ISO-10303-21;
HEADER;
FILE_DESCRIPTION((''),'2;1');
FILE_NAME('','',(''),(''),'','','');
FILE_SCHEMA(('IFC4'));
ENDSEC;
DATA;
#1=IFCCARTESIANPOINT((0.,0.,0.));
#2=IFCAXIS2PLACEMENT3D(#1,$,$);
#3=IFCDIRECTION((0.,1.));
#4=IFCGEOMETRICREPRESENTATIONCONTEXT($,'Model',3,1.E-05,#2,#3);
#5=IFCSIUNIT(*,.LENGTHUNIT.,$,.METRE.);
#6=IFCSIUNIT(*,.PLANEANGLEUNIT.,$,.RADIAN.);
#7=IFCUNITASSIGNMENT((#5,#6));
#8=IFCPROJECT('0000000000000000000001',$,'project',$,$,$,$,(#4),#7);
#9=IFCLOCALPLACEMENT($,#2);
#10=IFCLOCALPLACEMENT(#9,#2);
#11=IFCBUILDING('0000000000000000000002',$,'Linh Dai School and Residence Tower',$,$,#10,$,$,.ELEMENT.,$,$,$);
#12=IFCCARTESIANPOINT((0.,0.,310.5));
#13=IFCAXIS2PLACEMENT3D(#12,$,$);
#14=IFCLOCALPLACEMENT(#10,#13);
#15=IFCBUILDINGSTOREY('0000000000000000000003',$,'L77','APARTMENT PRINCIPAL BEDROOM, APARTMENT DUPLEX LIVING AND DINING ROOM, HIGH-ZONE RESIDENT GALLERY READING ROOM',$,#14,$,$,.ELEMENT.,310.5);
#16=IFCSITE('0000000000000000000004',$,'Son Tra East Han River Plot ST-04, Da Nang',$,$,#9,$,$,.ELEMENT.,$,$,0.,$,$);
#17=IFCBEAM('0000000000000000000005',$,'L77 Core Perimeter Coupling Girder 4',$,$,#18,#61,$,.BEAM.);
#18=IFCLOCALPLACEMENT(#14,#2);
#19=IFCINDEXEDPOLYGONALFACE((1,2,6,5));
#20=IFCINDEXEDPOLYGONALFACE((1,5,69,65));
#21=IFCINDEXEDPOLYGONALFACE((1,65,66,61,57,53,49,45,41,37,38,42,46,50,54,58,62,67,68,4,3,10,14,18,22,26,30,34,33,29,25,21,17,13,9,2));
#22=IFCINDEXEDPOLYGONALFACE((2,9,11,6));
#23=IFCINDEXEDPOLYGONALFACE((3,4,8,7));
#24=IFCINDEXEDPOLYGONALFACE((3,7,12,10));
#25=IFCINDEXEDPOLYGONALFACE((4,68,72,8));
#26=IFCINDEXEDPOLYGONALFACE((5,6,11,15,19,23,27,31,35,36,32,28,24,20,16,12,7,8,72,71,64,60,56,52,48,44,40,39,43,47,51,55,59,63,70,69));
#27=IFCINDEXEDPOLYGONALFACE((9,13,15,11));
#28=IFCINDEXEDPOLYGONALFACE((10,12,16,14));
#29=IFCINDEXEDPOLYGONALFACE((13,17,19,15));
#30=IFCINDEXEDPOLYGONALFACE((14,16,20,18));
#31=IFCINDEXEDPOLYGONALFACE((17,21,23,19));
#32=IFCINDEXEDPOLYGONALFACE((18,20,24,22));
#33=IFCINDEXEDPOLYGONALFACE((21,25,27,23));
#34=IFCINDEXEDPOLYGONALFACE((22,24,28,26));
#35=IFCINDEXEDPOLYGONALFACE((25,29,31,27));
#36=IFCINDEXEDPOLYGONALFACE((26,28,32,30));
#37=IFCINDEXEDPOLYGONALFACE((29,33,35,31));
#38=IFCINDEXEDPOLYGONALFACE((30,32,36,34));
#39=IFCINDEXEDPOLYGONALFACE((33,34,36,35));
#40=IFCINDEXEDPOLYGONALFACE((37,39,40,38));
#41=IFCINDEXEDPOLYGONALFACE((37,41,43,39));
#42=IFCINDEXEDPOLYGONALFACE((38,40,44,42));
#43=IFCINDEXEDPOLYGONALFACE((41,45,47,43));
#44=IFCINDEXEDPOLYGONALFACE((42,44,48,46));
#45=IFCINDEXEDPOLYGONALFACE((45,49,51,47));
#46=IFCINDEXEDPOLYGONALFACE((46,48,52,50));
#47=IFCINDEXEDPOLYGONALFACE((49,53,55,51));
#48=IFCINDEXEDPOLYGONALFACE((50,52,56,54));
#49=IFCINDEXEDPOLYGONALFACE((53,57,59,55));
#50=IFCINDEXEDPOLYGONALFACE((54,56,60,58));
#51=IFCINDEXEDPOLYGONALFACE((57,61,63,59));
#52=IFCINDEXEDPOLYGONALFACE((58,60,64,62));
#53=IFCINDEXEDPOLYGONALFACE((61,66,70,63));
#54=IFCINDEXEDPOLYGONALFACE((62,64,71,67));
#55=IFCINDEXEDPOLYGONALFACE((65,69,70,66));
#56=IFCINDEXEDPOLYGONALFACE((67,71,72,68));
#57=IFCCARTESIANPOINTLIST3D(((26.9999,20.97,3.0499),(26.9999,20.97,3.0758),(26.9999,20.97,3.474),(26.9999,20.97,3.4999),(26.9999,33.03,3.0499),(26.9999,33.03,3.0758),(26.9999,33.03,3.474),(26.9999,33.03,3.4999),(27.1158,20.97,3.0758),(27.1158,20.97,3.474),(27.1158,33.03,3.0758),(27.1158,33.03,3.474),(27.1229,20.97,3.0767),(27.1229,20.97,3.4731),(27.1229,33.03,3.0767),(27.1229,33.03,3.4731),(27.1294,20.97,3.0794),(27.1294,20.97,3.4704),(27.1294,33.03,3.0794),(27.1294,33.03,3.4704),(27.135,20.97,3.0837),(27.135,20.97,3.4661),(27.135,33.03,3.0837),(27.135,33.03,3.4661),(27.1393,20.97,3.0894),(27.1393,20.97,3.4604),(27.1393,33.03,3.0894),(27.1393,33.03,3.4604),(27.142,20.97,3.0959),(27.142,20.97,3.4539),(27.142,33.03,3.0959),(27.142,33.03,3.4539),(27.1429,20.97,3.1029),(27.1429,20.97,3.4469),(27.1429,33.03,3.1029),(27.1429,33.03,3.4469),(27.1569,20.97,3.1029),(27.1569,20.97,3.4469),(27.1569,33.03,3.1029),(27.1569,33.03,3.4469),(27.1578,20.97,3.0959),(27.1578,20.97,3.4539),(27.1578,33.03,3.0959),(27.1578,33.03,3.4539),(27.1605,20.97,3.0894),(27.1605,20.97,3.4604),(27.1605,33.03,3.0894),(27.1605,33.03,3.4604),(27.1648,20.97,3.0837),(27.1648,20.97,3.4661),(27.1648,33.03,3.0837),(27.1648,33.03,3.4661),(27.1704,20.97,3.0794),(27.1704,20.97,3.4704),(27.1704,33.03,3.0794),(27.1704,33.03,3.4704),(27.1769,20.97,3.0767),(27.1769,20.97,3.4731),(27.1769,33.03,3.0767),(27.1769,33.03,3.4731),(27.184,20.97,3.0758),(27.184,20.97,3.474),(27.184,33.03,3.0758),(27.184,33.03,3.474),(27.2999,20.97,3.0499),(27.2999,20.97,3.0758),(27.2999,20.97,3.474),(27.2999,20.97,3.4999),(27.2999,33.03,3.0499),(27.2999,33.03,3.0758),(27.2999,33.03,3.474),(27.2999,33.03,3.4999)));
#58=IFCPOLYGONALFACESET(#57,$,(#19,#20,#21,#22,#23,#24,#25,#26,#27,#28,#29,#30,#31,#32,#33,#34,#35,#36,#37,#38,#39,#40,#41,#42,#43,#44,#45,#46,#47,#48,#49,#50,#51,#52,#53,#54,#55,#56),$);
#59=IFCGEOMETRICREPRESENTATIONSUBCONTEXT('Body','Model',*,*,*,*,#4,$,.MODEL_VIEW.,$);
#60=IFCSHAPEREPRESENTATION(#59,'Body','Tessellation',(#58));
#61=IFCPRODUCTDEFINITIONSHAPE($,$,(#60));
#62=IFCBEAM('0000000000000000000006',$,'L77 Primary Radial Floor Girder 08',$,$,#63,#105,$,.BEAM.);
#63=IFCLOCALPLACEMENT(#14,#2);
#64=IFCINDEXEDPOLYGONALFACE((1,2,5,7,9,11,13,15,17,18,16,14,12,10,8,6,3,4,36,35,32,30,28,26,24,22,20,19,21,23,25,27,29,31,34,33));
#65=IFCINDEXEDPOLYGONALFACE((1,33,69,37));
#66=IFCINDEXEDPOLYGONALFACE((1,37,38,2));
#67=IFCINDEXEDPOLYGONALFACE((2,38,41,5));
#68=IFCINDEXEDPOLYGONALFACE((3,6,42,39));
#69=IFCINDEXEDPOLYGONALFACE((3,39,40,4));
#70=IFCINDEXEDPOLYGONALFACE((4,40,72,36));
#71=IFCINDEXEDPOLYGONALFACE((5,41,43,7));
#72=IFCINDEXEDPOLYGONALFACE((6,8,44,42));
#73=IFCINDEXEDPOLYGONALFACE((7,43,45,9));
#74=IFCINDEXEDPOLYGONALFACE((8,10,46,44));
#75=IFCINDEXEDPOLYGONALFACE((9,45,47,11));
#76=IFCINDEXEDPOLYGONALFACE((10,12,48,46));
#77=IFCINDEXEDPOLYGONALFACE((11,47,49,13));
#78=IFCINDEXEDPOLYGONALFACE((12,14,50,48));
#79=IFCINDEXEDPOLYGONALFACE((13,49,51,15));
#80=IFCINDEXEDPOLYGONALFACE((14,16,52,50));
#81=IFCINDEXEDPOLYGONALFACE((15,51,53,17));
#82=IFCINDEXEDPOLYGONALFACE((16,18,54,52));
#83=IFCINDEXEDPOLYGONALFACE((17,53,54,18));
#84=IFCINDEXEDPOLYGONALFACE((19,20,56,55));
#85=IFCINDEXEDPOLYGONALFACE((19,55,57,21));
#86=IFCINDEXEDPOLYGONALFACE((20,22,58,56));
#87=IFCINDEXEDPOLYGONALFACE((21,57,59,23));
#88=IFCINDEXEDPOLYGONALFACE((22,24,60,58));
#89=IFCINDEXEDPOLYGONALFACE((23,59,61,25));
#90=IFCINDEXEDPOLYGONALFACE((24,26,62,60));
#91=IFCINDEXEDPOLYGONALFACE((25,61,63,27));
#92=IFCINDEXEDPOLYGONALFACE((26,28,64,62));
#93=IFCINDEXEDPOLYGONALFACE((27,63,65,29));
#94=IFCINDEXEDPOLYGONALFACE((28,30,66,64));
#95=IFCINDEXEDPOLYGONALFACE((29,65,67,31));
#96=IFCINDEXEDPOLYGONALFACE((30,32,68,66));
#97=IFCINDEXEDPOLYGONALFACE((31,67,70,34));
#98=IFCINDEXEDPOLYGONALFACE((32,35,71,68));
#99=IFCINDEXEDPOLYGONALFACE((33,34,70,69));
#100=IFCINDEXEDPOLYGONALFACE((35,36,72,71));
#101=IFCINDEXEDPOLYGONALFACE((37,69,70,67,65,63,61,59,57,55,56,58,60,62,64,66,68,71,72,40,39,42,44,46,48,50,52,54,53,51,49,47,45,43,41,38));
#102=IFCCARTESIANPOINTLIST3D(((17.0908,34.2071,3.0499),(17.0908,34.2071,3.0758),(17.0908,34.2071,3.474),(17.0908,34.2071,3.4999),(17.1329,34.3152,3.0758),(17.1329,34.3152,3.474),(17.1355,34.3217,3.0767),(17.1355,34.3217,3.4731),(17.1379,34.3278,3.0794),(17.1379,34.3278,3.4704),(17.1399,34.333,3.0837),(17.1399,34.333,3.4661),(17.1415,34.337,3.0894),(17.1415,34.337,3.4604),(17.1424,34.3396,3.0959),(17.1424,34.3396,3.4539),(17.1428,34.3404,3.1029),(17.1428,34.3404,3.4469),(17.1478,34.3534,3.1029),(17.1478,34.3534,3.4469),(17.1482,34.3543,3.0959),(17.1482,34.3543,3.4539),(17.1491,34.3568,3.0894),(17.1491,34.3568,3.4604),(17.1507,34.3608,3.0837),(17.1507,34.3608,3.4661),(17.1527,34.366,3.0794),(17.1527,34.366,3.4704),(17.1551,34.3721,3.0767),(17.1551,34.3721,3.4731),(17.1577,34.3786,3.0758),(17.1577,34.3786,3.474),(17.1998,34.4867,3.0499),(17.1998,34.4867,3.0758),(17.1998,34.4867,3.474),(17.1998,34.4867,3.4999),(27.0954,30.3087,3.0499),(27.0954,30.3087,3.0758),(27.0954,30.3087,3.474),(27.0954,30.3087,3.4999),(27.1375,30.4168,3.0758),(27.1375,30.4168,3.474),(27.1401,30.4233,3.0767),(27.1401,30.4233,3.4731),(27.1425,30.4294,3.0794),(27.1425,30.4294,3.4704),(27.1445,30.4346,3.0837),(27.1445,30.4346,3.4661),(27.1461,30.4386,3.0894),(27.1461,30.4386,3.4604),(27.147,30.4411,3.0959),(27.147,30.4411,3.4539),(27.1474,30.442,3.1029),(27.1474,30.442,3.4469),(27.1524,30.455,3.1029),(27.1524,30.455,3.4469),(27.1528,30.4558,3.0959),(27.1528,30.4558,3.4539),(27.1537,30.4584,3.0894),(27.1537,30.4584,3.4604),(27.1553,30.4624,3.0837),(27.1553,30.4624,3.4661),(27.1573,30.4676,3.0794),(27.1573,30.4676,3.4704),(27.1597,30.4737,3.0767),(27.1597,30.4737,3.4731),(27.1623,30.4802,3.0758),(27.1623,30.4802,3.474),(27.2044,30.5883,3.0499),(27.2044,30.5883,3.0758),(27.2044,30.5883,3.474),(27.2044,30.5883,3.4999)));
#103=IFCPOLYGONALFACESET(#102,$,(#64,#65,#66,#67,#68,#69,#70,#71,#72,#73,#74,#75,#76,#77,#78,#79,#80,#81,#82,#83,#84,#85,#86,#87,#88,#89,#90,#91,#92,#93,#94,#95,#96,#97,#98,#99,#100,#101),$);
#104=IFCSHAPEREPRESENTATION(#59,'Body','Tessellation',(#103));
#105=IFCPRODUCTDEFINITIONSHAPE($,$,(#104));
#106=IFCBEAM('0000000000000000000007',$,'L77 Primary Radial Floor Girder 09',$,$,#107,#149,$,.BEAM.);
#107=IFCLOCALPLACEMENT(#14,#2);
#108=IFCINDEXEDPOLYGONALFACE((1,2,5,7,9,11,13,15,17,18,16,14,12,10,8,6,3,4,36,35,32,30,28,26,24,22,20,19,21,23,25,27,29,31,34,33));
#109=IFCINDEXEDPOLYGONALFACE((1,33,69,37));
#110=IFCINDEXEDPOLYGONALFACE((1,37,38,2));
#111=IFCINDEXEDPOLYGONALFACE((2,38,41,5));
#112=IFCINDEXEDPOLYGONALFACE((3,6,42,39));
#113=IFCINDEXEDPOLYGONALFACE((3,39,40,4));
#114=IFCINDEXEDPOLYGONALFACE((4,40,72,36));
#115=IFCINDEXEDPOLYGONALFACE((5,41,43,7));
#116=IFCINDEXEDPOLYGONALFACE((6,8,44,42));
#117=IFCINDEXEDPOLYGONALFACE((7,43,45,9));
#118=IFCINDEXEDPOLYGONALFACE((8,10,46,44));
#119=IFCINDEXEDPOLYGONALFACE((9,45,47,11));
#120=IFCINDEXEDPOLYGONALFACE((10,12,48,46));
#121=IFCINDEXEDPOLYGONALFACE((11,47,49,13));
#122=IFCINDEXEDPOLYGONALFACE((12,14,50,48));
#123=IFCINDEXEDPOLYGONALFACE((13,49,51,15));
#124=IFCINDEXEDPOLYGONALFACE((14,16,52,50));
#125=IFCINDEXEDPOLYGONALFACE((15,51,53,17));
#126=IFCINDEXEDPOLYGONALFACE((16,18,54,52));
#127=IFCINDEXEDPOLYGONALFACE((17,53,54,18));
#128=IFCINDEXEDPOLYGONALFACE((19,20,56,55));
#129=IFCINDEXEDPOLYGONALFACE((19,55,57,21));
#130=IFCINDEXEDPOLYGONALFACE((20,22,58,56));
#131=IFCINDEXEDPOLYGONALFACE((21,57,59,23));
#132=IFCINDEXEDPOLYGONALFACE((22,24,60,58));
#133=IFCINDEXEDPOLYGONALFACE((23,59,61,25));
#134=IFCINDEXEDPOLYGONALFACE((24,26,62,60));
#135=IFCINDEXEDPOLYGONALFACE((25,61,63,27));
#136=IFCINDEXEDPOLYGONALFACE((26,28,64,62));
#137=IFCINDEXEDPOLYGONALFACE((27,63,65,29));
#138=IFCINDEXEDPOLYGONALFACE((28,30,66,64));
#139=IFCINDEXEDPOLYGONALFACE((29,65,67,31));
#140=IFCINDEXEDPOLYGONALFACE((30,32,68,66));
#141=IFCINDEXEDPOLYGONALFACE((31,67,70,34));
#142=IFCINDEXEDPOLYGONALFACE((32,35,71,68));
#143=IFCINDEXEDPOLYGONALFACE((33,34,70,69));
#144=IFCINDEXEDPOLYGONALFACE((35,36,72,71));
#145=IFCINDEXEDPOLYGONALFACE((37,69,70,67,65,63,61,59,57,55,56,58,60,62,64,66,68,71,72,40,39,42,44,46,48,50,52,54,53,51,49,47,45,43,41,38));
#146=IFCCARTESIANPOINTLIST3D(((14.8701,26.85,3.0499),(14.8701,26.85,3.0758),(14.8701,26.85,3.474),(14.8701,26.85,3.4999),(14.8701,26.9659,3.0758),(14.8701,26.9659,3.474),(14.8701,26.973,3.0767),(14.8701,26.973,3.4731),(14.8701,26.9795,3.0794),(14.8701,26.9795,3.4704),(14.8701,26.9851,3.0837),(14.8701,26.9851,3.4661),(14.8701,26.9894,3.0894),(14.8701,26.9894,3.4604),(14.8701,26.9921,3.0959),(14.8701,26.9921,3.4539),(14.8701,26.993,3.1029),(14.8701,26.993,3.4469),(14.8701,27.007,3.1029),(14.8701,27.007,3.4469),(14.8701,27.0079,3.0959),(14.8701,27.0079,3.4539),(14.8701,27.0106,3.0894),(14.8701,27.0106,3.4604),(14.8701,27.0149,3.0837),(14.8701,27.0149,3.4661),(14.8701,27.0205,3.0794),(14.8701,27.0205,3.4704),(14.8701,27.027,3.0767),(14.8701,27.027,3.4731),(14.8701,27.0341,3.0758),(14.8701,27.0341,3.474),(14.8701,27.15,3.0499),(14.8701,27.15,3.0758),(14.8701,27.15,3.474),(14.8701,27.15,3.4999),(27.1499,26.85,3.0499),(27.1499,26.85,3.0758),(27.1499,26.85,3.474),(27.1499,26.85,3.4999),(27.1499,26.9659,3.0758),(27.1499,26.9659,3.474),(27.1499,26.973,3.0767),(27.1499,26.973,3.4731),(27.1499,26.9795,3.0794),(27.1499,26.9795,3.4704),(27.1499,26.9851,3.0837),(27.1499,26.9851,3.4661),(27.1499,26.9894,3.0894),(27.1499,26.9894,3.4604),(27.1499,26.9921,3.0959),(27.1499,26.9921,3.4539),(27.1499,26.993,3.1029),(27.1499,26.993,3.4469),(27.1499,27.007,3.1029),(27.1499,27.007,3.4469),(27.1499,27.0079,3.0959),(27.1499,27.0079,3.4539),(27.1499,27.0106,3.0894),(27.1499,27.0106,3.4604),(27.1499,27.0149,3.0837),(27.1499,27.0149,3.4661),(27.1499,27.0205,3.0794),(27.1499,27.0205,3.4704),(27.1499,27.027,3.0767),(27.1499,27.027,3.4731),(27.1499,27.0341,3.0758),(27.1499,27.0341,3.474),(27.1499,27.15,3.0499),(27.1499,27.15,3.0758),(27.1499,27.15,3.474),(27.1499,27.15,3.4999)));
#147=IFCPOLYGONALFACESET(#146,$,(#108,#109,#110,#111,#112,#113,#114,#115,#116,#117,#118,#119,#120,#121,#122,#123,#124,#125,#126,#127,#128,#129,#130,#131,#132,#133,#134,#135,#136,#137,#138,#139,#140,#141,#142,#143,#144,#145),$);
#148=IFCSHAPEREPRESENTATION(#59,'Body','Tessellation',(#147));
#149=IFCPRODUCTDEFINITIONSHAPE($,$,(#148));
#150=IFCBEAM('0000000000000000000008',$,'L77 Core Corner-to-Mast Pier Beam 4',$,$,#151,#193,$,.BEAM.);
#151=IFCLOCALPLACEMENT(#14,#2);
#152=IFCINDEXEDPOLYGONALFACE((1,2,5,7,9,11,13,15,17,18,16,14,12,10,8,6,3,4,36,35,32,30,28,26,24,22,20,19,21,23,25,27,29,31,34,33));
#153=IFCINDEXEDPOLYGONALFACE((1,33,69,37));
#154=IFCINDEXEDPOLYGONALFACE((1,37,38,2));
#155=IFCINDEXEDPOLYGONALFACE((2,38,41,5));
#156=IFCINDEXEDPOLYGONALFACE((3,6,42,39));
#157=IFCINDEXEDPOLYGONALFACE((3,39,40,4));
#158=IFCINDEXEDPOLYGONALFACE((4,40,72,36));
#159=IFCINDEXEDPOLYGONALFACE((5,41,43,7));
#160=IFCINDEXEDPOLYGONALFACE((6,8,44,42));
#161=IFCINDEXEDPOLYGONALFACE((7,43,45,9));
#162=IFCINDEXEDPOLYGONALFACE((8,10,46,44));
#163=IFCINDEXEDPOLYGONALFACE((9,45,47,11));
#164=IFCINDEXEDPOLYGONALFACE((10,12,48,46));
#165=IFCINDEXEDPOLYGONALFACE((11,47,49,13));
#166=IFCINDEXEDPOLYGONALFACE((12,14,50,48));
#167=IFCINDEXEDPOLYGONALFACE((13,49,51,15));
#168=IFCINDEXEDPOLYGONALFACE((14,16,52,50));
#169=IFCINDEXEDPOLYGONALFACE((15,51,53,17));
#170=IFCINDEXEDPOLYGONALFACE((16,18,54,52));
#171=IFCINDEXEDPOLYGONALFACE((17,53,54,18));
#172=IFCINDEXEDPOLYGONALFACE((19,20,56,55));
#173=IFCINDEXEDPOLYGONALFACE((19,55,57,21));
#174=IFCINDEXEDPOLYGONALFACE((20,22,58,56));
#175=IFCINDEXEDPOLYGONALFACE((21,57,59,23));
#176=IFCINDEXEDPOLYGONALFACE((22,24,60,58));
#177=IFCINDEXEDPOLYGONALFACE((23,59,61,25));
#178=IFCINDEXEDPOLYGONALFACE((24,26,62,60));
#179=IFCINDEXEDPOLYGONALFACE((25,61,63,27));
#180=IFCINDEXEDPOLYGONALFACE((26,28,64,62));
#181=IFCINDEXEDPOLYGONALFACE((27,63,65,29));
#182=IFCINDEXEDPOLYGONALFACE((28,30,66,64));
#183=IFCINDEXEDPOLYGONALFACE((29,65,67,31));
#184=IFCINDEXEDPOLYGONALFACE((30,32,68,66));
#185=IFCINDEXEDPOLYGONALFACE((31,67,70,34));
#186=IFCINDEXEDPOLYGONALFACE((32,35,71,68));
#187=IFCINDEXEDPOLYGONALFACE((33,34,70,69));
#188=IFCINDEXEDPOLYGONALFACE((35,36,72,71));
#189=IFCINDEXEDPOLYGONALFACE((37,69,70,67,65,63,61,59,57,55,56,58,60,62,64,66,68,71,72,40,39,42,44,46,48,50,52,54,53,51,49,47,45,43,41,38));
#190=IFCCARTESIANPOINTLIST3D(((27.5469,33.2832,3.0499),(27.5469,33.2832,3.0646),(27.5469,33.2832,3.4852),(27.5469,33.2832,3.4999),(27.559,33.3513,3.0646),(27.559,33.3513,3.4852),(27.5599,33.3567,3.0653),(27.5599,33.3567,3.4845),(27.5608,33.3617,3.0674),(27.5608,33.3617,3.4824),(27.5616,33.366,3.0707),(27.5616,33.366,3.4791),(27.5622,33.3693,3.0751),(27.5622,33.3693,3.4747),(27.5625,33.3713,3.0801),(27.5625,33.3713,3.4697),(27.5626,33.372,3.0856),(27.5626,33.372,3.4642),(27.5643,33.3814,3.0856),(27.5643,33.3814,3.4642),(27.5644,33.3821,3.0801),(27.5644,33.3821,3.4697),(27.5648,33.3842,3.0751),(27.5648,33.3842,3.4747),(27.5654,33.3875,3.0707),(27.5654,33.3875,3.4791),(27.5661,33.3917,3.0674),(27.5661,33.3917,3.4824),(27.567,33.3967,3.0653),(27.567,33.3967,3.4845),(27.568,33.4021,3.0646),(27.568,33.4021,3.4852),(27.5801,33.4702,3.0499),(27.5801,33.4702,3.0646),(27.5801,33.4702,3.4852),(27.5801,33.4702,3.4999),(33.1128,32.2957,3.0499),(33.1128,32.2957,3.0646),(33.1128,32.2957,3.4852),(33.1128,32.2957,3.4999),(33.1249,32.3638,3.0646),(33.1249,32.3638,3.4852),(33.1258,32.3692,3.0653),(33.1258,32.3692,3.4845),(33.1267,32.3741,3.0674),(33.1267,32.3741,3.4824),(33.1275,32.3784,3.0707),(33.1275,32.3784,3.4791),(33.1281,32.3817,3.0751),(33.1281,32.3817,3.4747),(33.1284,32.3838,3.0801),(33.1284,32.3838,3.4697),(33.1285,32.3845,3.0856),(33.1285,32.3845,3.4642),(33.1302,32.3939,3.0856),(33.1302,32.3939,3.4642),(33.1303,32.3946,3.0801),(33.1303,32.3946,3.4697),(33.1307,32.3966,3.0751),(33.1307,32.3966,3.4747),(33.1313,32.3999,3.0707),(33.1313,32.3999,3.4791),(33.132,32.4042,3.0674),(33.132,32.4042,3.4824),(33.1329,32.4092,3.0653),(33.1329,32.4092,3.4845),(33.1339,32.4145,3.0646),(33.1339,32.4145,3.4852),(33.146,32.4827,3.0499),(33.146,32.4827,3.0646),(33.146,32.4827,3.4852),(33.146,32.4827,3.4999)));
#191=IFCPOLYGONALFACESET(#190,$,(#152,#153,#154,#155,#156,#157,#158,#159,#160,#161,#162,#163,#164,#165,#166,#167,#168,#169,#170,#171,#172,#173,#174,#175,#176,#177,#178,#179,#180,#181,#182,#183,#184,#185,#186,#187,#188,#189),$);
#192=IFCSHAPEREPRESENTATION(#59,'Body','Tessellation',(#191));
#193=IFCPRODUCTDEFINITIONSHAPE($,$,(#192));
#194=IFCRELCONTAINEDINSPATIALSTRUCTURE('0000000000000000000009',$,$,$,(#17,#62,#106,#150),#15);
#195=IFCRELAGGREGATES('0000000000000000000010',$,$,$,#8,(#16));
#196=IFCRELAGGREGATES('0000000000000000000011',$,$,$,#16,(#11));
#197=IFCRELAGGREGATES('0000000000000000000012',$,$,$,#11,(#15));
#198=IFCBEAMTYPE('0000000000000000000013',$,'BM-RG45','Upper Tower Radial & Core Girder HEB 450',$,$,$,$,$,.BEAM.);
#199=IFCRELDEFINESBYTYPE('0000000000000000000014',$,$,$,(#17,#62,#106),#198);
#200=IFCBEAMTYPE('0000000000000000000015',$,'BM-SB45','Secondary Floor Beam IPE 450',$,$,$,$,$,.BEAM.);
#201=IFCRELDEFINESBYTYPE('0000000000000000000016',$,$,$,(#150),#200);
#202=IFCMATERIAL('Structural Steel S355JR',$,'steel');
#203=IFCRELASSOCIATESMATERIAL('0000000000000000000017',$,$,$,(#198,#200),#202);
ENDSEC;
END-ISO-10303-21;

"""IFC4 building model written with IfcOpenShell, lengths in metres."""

from ifc_helpers import new_model, si_unit, direction, frame, origin, origin_2d, place, context, subcontext, project, spatial, i_section, extrude, material, material_profile, profile_set, type_object, element, save


model = new_model("IFC4")

# Units and contexts
model_context = context("Model", 3, precision=1e-05, world=origin(), true_north=direction((0.0, 1.0)))
body_context = subcontext(model_context, "Body", "Model", "MODEL_VIEW")
ifc_project = project(units=[si_unit("LENGTHUNIT", "METRE"), si_unit("PLANEANGLEUNIT", "RADIAN")], contexts=[model_context])

# Site, building, storey
site_placement = place(None, origin())
site = spatial("IfcSite", under=ifc_project, at=site_placement, Name="Son Tra East Han River Plot ST-04, Da Nang", CompositionType="ELEMENT", RefElevation=0.0)
building_placement = place(site_placement, origin())
building = spatial("IfcBuilding", under=site, at=building_placement, Name="Linh Dai School and Residence Tower", CompositionType="ELEMENT")
storey_placement = place(building_placement, frame((0.0, 0.0, 310.5)))
storey = spatial("IfcBuildingStorey", under=building, at=storey_placement, Name="L77", Description="APARTMENT PRINCIPAL BEDROOM, APARTMENT DUPLEX LIVING AND DINING ROOM, HIGH-ZONE RESIDENT GALLERY READING ROOM", CompositionType="ELEMENT", Elevation=310.5)

# Shared definitions
ifc_material_1 = material(Name="Structural Steel S355JR", Category="steel")

# Beams
ifc_material_profile_1 = material_profile(ifc_material_1, i_section(OverallWidth=0.3, OverallDepth=0.45, WebThickness=0.0139, FlangeThickness=0.0259, FilletRadius=0.0271, at=origin_2d()), Name="HEB 450")
ifc_profile_set_1 = profile_set([ifc_material_profile_1], Name="Structural Steel S355JR")
beam_type_1 = type_object("IfcBeamType", Name="BM-RG45", Description="Upper Tower Radial & Core Girder HEB 450", PredefinedType="BEAM", material=ifc_profile_set_1)
beam_1_placement = place(storey_placement, frame((27.1499, 33.03, 3.2749), z_axis=(0.0, -1.0, 0.0), x_axis=(1.0, 0.0, 0.0)))
element("IfcBeam", 1, at=beam_1_placement, inside=storey, type_object=beam_type_1, Name="L77 Core Perimeter Coupling Girder 4", PredefinedType="BEAM", context=body_context, shape_type="SweptSolid", body=[
    extrude(i_section(OverallWidth=0.3, OverallDepth=0.45, WebThickness=0.0139, FlangeThickness=0.0259, FilletRadius=0.0271, at=origin_2d()), origin(), (0.0, 0.0, 1.0), 12.0601),
])
beam_2_placement = place(storey_placement, frame((27.1499, 30.4485, 3.2749), z_axis=(-0.931761, 0.363073, 0.0), x_axis=(-0.363073, -0.931761, 0.0)))
element("IfcBeam", 2, at=beam_2_placement, inside=storey, type_object=beam_type_1, Name="L77 Primary Radial Floor Girder 08", PredefinedType="BEAM", context=body_context, shape_type="SweptSolid", body=[
    extrude(i_section(OverallWidth=0.3, OverallDepth=0.45, WebThickness=0.0139, FlangeThickness=0.0259, FilletRadius=0.0271, at=origin_2d()), origin(), (0.0, 0.0, 1.0), 10.7373),
])
beam_3_placement = place(storey_placement, frame((27.1499, 27.0, 3.2749), z_axis=(-1.0, 0.0, 0.0), x_axis=(0.0, -1.0, 0.0)))
element("IfcBeam", 3, at=beam_3_placement, inside=storey, type_object=beam_type_1, Name="L77 Primary Radial Floor Girder 09", PredefinedType="BEAM", context=body_context, shape_type="SweptSolid", body=[
    extrude(i_section(OverallWidth=0.3, OverallDepth=0.45, WebThickness=0.0139, FlangeThickness=0.0259, FilletRadius=0.0271, at=origin_2d()), origin(), (0.0, 0.0, 1.0), 12.2798),
])
ifc_material_profile_2 = material_profile(ifc_material_1, i_section(OverallWidth=0.1899, OverallDepth=0.45, WebThickness=0.0095, FlangeThickness=0.0146, FilletRadius=0.021, at=origin_2d()), Name="IPE 450")
ifc_profile_set_2 = profile_set([ifc_material_profile_2], Name="Structural Steel S355JR")
beam_type_2 = type_object("IfcBeamType", Name="BM-SB45", Description="Secondary Floor Beam IPE 450", PredefinedType="BEAM", material=ifc_profile_set_2)
beam_4_placement = place(storey_placement, frame((27.5635, 33.3767, 3.2749), z_axis=(0.984622, -0.174699, 0.0), x_axis=(0.174699, 0.984622, 0.0)))
element("IfcBeam", 4, at=beam_4_placement, inside=storey, type_object=beam_type_2, Name="L77 Core Corner-to-Mast Pier Beam 4", PredefinedType="BEAM", context=body_context, shape_type="SweptSolid", body=[
    extrude(i_section(OverallWidth=0.1899, OverallDepth=0.45, WebThickness=0.0095, FlangeThickness=0.0146, FilletRadius=0.021, at=origin_2d()), origin(), (0.0, 0.0, 1.0), 5.6528),
])

save(model, "model.ifc")
